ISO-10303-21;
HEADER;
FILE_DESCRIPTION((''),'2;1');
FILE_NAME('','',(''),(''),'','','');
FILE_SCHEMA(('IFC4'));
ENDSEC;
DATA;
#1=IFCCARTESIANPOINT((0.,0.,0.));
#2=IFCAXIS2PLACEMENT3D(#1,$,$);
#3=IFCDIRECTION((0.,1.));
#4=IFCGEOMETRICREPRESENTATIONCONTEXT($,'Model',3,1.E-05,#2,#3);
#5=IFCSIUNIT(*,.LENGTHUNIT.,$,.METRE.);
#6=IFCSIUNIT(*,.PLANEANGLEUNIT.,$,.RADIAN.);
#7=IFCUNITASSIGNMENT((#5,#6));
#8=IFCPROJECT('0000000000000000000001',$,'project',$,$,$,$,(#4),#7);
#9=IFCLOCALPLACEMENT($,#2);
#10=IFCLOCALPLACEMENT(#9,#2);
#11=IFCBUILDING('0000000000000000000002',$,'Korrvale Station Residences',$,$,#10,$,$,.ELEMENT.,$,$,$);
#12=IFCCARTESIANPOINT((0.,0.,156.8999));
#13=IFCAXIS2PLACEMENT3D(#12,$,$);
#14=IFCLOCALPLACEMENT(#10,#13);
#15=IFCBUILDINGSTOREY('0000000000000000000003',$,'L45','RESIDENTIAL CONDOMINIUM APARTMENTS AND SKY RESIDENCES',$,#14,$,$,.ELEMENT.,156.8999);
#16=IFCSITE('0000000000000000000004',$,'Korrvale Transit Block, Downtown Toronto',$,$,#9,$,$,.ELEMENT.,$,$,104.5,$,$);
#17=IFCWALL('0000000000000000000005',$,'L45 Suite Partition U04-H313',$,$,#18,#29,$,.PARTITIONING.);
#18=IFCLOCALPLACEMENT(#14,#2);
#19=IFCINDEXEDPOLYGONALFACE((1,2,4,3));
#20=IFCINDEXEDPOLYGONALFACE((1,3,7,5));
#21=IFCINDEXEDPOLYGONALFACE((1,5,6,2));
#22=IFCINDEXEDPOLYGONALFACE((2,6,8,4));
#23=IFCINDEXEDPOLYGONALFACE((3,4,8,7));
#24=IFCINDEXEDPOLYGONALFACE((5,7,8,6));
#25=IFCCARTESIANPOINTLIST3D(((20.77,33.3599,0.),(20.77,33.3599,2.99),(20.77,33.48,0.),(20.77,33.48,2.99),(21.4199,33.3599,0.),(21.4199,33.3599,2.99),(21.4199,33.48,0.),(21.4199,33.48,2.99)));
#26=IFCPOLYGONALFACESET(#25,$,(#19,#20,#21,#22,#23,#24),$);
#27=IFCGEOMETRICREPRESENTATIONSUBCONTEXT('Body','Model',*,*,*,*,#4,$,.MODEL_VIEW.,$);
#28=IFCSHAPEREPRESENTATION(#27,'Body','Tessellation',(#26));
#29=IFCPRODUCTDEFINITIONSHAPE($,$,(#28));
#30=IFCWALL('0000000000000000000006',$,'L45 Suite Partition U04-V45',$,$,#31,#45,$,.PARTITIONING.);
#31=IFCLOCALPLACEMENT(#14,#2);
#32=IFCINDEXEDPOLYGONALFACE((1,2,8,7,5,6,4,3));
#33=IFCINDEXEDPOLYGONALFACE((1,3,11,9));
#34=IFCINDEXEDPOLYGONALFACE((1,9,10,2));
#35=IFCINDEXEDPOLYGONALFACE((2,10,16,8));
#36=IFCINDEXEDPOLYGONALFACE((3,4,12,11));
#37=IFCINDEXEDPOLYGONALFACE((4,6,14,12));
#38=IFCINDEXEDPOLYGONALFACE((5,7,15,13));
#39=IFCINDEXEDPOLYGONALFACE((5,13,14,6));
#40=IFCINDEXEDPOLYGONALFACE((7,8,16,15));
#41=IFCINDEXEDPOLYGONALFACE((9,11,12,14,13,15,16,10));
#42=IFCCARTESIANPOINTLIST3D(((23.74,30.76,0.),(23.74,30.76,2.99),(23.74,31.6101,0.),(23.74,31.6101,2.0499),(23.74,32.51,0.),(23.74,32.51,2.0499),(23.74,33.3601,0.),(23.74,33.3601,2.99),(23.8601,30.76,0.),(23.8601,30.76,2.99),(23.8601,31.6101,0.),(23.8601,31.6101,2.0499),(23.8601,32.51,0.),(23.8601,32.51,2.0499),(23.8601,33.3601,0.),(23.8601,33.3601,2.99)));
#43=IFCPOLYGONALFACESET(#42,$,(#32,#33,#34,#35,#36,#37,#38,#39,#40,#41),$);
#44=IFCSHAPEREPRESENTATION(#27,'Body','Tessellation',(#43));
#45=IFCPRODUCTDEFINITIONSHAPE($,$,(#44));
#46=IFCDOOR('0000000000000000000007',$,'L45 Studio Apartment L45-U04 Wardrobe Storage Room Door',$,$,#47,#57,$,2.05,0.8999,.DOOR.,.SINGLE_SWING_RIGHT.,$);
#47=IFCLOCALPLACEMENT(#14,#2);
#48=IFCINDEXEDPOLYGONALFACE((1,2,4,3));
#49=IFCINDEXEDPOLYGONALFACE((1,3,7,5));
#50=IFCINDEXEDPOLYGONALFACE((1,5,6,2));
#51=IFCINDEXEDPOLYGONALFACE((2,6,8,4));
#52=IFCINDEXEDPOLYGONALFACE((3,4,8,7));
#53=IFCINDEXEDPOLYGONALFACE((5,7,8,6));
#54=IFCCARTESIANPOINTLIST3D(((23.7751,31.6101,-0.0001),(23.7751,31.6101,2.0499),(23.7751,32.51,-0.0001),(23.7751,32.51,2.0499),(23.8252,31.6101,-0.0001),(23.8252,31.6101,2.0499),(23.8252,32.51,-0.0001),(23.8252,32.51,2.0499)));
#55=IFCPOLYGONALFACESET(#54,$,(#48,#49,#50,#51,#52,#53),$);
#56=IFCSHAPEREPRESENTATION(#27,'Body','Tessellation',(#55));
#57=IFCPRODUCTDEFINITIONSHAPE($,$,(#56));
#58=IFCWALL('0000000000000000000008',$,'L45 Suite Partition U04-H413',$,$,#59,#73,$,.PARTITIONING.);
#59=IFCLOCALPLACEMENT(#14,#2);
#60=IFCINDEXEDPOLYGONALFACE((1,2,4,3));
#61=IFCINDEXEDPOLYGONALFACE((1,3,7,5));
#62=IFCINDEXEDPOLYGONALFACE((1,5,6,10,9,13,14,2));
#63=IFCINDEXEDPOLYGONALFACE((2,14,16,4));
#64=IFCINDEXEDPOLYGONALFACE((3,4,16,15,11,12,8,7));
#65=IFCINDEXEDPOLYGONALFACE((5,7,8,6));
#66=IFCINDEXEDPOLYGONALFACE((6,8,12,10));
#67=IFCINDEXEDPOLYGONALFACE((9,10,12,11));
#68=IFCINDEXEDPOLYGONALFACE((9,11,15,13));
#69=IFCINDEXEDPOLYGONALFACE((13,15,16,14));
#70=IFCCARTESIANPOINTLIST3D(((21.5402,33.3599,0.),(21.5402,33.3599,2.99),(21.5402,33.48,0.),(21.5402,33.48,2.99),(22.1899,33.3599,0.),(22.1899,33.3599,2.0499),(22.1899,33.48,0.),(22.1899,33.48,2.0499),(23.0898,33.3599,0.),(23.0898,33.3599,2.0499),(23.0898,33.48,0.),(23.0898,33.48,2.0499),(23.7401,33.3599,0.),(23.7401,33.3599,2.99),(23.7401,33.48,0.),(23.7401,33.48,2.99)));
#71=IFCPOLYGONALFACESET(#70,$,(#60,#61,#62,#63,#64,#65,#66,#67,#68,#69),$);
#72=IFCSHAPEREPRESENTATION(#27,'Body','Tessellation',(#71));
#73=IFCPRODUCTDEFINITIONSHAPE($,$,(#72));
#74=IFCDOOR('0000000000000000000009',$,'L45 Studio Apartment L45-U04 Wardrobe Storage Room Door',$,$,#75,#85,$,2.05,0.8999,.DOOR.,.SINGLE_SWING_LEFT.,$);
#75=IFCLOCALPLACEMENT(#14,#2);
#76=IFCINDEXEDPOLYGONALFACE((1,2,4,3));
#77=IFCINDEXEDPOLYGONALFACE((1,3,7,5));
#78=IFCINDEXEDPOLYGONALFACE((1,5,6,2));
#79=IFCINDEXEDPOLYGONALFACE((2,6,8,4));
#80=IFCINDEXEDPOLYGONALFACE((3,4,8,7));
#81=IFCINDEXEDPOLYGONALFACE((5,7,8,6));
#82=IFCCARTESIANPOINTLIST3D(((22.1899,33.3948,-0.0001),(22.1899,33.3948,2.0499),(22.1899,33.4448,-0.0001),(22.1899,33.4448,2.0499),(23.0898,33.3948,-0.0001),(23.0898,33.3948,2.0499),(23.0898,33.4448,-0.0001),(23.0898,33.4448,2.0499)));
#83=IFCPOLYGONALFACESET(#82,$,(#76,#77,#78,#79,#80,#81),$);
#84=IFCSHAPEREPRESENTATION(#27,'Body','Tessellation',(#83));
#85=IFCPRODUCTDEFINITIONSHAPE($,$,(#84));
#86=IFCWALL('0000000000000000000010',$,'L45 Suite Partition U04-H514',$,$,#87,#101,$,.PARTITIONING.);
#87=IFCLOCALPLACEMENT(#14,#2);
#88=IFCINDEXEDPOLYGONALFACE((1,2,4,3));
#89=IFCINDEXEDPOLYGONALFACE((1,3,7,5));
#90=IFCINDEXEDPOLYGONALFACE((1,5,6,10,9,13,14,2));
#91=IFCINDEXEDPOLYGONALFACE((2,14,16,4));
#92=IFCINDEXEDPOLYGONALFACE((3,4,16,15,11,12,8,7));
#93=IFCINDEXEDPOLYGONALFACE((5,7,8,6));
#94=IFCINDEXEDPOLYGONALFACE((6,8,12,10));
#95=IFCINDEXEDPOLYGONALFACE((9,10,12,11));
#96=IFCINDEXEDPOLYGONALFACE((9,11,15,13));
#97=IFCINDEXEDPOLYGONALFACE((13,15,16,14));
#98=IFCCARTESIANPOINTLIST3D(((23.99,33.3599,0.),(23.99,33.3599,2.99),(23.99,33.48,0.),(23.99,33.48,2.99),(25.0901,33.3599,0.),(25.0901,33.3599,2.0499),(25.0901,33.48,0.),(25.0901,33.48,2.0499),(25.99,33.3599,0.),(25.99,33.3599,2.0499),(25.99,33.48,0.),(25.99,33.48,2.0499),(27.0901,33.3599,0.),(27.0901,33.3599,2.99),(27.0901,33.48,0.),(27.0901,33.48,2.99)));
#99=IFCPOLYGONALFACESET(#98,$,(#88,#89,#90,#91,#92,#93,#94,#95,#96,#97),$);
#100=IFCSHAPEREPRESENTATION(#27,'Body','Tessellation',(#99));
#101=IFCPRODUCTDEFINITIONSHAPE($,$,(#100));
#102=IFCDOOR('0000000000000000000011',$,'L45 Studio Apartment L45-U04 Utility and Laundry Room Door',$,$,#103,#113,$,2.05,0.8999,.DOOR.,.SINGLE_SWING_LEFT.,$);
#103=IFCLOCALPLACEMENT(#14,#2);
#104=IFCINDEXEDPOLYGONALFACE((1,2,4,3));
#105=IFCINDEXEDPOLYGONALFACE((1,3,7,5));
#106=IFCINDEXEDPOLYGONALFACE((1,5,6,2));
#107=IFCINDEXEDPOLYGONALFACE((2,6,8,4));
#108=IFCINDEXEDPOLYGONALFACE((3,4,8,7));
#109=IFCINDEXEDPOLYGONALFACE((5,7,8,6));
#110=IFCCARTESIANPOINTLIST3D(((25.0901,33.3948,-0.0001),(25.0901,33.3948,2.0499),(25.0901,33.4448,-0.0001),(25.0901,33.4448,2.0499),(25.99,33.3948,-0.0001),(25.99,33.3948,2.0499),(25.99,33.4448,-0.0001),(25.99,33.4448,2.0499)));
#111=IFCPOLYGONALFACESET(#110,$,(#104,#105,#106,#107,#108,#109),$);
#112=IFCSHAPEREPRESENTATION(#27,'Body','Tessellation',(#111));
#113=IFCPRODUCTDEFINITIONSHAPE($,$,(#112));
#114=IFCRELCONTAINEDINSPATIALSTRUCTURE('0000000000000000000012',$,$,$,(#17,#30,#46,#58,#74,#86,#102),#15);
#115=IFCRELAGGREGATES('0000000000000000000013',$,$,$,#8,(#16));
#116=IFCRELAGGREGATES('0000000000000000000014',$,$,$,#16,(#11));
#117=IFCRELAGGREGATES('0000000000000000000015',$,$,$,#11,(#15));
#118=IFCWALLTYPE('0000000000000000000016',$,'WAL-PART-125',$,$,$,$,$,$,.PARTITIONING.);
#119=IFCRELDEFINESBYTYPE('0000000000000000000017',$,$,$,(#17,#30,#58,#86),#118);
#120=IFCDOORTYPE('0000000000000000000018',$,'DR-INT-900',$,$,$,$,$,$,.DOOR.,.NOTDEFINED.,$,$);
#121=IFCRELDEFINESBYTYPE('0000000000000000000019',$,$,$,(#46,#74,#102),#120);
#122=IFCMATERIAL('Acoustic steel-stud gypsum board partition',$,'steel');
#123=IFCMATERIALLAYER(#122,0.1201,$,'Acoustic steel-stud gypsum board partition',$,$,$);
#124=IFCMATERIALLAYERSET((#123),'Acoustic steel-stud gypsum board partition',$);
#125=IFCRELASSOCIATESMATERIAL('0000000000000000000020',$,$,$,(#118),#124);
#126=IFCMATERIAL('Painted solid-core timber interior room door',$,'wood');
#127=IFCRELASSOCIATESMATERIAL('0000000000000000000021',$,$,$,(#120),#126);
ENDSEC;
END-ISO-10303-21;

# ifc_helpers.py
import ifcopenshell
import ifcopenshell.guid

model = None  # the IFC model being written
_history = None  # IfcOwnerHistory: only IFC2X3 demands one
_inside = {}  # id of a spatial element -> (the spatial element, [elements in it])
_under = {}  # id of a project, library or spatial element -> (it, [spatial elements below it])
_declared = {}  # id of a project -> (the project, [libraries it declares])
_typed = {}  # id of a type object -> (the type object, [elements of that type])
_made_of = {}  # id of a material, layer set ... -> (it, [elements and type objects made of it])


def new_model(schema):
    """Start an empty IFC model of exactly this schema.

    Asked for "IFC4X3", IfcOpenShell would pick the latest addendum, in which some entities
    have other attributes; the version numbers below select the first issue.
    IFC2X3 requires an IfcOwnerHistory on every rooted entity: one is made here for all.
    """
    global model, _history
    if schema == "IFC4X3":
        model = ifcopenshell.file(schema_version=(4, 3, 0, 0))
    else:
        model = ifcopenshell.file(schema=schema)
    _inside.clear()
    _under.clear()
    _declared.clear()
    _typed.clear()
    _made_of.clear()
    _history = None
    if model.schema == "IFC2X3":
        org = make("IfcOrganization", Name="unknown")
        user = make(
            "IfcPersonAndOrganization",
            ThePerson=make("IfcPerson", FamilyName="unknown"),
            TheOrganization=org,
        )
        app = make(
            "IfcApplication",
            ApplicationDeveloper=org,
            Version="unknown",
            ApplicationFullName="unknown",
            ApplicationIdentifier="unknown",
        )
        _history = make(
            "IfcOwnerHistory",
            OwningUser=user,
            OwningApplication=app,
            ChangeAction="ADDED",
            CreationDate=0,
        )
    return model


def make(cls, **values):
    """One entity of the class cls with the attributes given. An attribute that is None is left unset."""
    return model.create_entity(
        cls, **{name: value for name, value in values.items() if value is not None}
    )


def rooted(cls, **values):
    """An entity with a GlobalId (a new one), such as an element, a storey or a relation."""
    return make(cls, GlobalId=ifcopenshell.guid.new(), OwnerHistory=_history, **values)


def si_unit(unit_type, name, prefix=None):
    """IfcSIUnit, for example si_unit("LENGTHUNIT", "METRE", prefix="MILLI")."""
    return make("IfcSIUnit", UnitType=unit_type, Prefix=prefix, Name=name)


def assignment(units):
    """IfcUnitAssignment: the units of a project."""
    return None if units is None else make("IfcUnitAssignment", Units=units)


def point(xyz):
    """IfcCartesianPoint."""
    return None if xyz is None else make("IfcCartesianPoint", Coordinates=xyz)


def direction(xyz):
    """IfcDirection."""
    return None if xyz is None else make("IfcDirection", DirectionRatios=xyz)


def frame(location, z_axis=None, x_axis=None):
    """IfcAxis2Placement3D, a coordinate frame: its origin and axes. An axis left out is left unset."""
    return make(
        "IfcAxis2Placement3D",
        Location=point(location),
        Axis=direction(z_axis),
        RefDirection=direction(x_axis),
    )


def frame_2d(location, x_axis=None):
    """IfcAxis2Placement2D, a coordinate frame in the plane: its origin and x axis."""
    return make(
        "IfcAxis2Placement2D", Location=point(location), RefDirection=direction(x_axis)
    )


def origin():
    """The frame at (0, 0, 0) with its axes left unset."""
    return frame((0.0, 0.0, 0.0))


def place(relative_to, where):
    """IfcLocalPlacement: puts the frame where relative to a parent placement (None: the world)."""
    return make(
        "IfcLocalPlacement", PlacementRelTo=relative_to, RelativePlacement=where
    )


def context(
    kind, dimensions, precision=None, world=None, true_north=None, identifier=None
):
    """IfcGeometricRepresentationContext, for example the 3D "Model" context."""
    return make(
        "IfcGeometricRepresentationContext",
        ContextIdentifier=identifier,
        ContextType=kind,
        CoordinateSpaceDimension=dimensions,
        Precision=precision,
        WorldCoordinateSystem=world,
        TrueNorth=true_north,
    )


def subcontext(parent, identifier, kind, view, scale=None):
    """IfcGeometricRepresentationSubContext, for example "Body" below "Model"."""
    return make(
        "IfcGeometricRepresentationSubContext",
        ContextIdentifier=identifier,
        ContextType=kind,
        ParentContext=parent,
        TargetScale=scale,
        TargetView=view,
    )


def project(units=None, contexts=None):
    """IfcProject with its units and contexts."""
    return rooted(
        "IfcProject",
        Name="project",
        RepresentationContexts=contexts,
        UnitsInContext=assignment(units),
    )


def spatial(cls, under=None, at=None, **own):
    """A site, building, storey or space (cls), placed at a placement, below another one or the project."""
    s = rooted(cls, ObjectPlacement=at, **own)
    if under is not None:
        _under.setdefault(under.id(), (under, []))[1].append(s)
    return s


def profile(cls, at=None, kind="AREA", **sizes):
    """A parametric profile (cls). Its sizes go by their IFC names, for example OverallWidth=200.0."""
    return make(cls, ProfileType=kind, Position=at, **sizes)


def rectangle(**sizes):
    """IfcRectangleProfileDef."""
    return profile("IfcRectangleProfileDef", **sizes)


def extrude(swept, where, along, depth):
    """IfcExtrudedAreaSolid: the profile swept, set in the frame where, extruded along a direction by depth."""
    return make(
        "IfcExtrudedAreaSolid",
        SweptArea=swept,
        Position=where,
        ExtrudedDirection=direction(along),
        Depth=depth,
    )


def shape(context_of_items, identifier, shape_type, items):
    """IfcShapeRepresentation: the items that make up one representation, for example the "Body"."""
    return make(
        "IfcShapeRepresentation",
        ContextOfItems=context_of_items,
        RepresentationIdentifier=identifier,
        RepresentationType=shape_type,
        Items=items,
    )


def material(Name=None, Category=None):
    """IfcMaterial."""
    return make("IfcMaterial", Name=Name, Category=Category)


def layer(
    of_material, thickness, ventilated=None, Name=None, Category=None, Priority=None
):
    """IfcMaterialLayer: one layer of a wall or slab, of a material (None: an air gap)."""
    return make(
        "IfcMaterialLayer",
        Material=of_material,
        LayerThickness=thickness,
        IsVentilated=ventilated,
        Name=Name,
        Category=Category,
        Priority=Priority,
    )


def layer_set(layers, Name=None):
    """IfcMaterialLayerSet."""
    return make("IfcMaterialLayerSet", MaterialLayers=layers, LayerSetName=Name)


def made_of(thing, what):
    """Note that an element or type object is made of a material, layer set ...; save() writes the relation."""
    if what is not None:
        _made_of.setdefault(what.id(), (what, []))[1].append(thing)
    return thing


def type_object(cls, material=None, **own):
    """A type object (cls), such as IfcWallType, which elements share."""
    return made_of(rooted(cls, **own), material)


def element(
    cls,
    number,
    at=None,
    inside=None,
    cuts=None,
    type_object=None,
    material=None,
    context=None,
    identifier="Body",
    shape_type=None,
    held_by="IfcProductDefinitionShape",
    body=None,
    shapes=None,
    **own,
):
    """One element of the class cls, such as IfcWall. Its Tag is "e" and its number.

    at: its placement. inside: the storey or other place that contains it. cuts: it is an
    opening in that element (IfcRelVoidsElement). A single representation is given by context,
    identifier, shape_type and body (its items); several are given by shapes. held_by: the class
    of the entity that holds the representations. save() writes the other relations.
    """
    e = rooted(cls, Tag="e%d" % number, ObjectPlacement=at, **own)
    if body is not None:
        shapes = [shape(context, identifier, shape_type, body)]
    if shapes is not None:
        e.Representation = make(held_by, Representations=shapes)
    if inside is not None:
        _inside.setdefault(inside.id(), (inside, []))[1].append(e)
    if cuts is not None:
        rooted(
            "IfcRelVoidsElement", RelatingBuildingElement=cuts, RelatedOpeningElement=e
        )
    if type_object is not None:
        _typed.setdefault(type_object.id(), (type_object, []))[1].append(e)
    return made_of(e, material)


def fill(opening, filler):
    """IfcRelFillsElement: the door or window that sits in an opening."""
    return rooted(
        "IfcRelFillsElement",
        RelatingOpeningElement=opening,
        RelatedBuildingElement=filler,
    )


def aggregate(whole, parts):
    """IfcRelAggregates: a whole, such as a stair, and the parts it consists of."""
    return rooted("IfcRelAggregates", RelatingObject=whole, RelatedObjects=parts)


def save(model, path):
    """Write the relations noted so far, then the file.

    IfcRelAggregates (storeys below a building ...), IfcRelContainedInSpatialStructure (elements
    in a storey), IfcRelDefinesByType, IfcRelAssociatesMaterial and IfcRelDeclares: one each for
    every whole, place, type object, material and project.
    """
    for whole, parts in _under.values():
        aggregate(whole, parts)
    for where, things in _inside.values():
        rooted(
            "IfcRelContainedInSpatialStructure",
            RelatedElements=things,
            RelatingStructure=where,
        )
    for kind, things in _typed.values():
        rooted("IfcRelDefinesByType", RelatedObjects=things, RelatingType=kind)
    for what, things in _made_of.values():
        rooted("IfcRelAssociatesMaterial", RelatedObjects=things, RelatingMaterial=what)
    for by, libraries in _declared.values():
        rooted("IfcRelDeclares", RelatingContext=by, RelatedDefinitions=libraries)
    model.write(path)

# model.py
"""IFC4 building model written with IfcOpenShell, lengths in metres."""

from ifc_helpers import new_model, si_unit, direction, frame, frame_2d, origin, place, context, subcontext, project, spatial, rectangle, extrude, material, layer, layer_set, type_object, element, fill, save


model = new_model("IFC4")

# Units and contexts
model_context = context("Model", 3, precision=1e-05, world=origin(), true_north=direction((0.0, 1.0)))
body_context = subcontext(model_context, "Body", "Model", "MODEL_VIEW")
ifc_project = project(units=[si_unit("LENGTHUNIT", "METRE"), si_unit("PLANEANGLEUNIT", "RADIAN")], contexts=[model_context])

# Site, building, storey
site_placement = place(None, origin())
site = spatial("IfcSite", under=ifc_project, at=site_placement, Name="Korrvale Transit Block, Downtown Toronto", CompositionType="ELEMENT", RefElevation=104.5)
building_placement = place(site_placement, origin())
building = spatial("IfcBuilding", under=site, at=building_placement, Name="Korrvale Station Residences", CompositionType="ELEMENT")
storey_placement = place(building_placement, frame((0.0, 0.0, 156.8999)))
storey = spatial("IfcBuildingStorey", under=building, at=storey_placement, Name="L45", Description="RESIDENTIAL CONDOMINIUM APARTMENTS AND SKY RESIDENCES", CompositionType="ELEMENT", Elevation=156.8999)

# Shared definitions
ifc_material_1 = material(Name="Acoustic steel-stud gypsum board partition", Category="steel")
ifc_layer = layer(ifc_material_1, 0.1201, Name="Acoustic steel-stud gypsum board partition")
ifc_layer_set = layer_set([ifc_layer], Name="Acoustic steel-stud gypsum board partition")
wall_type = type_object("IfcWallType", Name="WAL-PART-125", PredefinedType="PARTITIONING", material=ifc_layer_set)
ifc_material_2 = material(Name="Painted solid-core timber interior room door", Category="wood")
door_type = type_object("IfcDoorType", Name="DR-INT-900", OperationType="NOTDEFINED", PredefinedType="DOOR", material=ifc_material_2)

# Wall
wall_1_placement = place(storey_placement, frame((20.77, 33.4199, 0.0), z_axis=(0.0, 0.0, 1.0), x_axis=(1.0, 0.0, 0.0)))
element("IfcWall", 1, at=wall_1_placement, inside=storey, type_object=wall_type, Name="L45 Suite Partition U04-H313", PredefinedType="PARTITIONING", context=body_context, shape_type="SweptSolid", body=[
    extrude(rectangle(XDim=0.6499, YDim=0.1201, at=frame_2d((0.325, 0.0))), origin(), (0.0, 0.0, 1.0), 2.99),
])

# Walls, openings, doors
wall_2_placement = place(storey_placement, frame((23.8, 30.76, 0.0), z_axis=(0.0, 0.0, 1.0), x_axis=(0.0, 1.0, 0.0)))
wall_2 = element("IfcWall", 2, at=wall_2_placement, inside=storey, type_object=wall_type, Name="L45 Suite Partition U04-V45", PredefinedType="PARTITIONING", context=body_context, shape_type="SweptSolid", body=[
    extrude(rectangle(XDim=2.6001, YDim=0.1201, at=frame_2d((1.3, 0.0))), origin(), (0.0, 0.0, 1.0), 2.99),
])
opening_1_placement = place(wall_2_placement, frame((0.8501, 0.0, 0.0)))
opening_1 = element("IfcOpeningElement", 3, at=opening_1_placement, cuts=wall_2, PredefinedType="OPENING", context=body_context, shape_type="SweptSolid", body=[
    extrude(rectangle(XDim=0.8999, YDim=2.05, at=frame_2d((0.45, 1.0249))), frame((0.0, 0.0701, 0.0), z_axis=(0.0, -1.0, 0.0), x_axis=(1.0, 0.0, 0.0)), (0.0, 0.0, 1.0), 0.1401),
])
door_1_placement = place(opening_1_placement, origin())
door_1 = element("IfcDoor", 4, at=door_1_placement, inside=storey, type_object=door_type, Name="L45 Studio Apartment L45-U04 Wardrobe Storage Room Door", OperationType="SINGLE_SWING_RIGHT", OverallHeight=2.05, OverallWidth=0.8999, PredefinedType="DOOR", context=body_context, shape_type="SweptSolid", body=[
    extrude(rectangle(XDim=0.8999, YDim=2.05, at=frame_2d((0.45, 1.0249))), frame((0.0, 0.0249, 0.0), z_axis=(0.0, -1.0, 0.0), x_axis=(1.0, 0.0, 0.0)), (0.0, 0.0, 1.0), 0.05),
])
fill(opening_1, door_1)
wall_3_placement = place(storey_placement, frame((21.54, 33.4199, 0.0), z_axis=(0.0, 0.0, 1.0), x_axis=(1.0, 0.0, 0.0)))
wall_3 = element("IfcWall", 5, at=wall_3_placement, inside=storey, type_object=wall_type, Name="L45 Suite Partition U04-H413", PredefinedType="PARTITIONING", context=body_context, shape_type="SweptSolid", body=[
    extrude(rectangle(XDim=2.2, YDim=0.1201, at=frame_2d((1.1001, 0.0))), origin(), (0.0, 0.0, 1.0), 2.99),
])
opening_2_placement = place(wall_3_placement, frame((0.6499, 0.0, 0.0)))
opening_2 = element("IfcOpeningElement", 6, at=opening_2_placement, cuts=wall_3, PredefinedType="OPENING", context=body_context, shape_type="SweptSolid", body=[
    extrude(rectangle(XDim=0.8999, YDim=2.05, at=frame_2d((0.45, 1.0249))), frame((0.0, 0.0701, 0.0), z_axis=(0.0, -1.0, 0.0), x_axis=(1.0, 0.0, 0.0)), (0.0, 0.0, 1.0), 0.1401),
])
door_2_placement = place(opening_2_placement, origin())
door_2 = element("IfcDoor", 7, at=door_2_placement, inside=storey, type_object=door_type, Name="L45 Studio Apartment L45-U04 Wardrobe Storage Room Door", OperationType="SINGLE_SWING_LEFT", OverallHeight=2.05, OverallWidth=0.8999, PredefinedType="DOOR", context=body_context, shape_type="SweptSolid", body=[
    extrude(rectangle(XDim=0.8999, YDim=2.05, at=frame_2d((0.45, 1.0249))), frame((0.0, 0.0249, 0.0), z_axis=(0.0, -1.0, 0.0), x_axis=(1.0, 0.0, 0.0)), (0.0, 0.0, 1.0), 0.05),
])
fill(opening_2, door_2)
wall_4_placement = place(storey_placement, frame((23.99, 33.4199, 0.0), z_axis=(0.0, 0.0, 1.0), x_axis=(1.0, 0.0, 0.0)))
wall_4 = element("IfcWall", 8, at=wall_4_placement, inside=storey, type_object=wall_type, Name="L45 Suite Partition U04-H514", PredefinedType="PARTITIONING", context=body_context, shape_type="SweptSolid", body=[
    extrude(rectangle(XDim=3.1001, YDim=0.1201, at=frame_2d((1.55, 0.0))), origin(), (0.0, 0.0, 1.0), 2.99),
])
opening_3_placement = place(wall_4_placement, frame((1.1001, 0.0, 0.0)))
opening_3 = element("IfcOpeningElement", 9, at=opening_3_placement, cuts=wall_4, PredefinedType="OPENING", context=body_context, shape_type="SweptSolid", body=[
    extrude(rectangle(XDim=0.8999, YDim=2.05, at=frame_2d((0.45, 1.0249))), frame((0.0, 0.0701, 0.0), z_axis=(0.0, -1.0, 0.0), x_axis=(1.0, 0.0, 0.0)), (0.0, 0.0, 1.0), 0.1401),
])
door_3_placement = place(opening_3_placement, origin())
door_3 = element("IfcDoor", 10, at=door_3_placement, inside=storey, type_object=door_type, Name="L45 Studio Apartment L45-U04 Utility and Laundry Room Door", OperationType="SINGLE_SWING_LEFT", OverallHeight=2.05, OverallWidth=0.8999, PredefinedType="DOOR", context=body_context, shape_type="SweptSolid", body=[
    extrude(rectangle(XDim=0.8999, YDim=2.05, at=frame_2d((0.45, 1.0249))), frame((0.0, 0.0249, 0.0), z_axis=(0.0, -1.0, 0.0), x_axis=(1.0, 0.0, 0.0)), (0.0, 0.0, 1.0), 0.05),
])
fill(opening_3, door_3)

save(model, "model.ifc")
